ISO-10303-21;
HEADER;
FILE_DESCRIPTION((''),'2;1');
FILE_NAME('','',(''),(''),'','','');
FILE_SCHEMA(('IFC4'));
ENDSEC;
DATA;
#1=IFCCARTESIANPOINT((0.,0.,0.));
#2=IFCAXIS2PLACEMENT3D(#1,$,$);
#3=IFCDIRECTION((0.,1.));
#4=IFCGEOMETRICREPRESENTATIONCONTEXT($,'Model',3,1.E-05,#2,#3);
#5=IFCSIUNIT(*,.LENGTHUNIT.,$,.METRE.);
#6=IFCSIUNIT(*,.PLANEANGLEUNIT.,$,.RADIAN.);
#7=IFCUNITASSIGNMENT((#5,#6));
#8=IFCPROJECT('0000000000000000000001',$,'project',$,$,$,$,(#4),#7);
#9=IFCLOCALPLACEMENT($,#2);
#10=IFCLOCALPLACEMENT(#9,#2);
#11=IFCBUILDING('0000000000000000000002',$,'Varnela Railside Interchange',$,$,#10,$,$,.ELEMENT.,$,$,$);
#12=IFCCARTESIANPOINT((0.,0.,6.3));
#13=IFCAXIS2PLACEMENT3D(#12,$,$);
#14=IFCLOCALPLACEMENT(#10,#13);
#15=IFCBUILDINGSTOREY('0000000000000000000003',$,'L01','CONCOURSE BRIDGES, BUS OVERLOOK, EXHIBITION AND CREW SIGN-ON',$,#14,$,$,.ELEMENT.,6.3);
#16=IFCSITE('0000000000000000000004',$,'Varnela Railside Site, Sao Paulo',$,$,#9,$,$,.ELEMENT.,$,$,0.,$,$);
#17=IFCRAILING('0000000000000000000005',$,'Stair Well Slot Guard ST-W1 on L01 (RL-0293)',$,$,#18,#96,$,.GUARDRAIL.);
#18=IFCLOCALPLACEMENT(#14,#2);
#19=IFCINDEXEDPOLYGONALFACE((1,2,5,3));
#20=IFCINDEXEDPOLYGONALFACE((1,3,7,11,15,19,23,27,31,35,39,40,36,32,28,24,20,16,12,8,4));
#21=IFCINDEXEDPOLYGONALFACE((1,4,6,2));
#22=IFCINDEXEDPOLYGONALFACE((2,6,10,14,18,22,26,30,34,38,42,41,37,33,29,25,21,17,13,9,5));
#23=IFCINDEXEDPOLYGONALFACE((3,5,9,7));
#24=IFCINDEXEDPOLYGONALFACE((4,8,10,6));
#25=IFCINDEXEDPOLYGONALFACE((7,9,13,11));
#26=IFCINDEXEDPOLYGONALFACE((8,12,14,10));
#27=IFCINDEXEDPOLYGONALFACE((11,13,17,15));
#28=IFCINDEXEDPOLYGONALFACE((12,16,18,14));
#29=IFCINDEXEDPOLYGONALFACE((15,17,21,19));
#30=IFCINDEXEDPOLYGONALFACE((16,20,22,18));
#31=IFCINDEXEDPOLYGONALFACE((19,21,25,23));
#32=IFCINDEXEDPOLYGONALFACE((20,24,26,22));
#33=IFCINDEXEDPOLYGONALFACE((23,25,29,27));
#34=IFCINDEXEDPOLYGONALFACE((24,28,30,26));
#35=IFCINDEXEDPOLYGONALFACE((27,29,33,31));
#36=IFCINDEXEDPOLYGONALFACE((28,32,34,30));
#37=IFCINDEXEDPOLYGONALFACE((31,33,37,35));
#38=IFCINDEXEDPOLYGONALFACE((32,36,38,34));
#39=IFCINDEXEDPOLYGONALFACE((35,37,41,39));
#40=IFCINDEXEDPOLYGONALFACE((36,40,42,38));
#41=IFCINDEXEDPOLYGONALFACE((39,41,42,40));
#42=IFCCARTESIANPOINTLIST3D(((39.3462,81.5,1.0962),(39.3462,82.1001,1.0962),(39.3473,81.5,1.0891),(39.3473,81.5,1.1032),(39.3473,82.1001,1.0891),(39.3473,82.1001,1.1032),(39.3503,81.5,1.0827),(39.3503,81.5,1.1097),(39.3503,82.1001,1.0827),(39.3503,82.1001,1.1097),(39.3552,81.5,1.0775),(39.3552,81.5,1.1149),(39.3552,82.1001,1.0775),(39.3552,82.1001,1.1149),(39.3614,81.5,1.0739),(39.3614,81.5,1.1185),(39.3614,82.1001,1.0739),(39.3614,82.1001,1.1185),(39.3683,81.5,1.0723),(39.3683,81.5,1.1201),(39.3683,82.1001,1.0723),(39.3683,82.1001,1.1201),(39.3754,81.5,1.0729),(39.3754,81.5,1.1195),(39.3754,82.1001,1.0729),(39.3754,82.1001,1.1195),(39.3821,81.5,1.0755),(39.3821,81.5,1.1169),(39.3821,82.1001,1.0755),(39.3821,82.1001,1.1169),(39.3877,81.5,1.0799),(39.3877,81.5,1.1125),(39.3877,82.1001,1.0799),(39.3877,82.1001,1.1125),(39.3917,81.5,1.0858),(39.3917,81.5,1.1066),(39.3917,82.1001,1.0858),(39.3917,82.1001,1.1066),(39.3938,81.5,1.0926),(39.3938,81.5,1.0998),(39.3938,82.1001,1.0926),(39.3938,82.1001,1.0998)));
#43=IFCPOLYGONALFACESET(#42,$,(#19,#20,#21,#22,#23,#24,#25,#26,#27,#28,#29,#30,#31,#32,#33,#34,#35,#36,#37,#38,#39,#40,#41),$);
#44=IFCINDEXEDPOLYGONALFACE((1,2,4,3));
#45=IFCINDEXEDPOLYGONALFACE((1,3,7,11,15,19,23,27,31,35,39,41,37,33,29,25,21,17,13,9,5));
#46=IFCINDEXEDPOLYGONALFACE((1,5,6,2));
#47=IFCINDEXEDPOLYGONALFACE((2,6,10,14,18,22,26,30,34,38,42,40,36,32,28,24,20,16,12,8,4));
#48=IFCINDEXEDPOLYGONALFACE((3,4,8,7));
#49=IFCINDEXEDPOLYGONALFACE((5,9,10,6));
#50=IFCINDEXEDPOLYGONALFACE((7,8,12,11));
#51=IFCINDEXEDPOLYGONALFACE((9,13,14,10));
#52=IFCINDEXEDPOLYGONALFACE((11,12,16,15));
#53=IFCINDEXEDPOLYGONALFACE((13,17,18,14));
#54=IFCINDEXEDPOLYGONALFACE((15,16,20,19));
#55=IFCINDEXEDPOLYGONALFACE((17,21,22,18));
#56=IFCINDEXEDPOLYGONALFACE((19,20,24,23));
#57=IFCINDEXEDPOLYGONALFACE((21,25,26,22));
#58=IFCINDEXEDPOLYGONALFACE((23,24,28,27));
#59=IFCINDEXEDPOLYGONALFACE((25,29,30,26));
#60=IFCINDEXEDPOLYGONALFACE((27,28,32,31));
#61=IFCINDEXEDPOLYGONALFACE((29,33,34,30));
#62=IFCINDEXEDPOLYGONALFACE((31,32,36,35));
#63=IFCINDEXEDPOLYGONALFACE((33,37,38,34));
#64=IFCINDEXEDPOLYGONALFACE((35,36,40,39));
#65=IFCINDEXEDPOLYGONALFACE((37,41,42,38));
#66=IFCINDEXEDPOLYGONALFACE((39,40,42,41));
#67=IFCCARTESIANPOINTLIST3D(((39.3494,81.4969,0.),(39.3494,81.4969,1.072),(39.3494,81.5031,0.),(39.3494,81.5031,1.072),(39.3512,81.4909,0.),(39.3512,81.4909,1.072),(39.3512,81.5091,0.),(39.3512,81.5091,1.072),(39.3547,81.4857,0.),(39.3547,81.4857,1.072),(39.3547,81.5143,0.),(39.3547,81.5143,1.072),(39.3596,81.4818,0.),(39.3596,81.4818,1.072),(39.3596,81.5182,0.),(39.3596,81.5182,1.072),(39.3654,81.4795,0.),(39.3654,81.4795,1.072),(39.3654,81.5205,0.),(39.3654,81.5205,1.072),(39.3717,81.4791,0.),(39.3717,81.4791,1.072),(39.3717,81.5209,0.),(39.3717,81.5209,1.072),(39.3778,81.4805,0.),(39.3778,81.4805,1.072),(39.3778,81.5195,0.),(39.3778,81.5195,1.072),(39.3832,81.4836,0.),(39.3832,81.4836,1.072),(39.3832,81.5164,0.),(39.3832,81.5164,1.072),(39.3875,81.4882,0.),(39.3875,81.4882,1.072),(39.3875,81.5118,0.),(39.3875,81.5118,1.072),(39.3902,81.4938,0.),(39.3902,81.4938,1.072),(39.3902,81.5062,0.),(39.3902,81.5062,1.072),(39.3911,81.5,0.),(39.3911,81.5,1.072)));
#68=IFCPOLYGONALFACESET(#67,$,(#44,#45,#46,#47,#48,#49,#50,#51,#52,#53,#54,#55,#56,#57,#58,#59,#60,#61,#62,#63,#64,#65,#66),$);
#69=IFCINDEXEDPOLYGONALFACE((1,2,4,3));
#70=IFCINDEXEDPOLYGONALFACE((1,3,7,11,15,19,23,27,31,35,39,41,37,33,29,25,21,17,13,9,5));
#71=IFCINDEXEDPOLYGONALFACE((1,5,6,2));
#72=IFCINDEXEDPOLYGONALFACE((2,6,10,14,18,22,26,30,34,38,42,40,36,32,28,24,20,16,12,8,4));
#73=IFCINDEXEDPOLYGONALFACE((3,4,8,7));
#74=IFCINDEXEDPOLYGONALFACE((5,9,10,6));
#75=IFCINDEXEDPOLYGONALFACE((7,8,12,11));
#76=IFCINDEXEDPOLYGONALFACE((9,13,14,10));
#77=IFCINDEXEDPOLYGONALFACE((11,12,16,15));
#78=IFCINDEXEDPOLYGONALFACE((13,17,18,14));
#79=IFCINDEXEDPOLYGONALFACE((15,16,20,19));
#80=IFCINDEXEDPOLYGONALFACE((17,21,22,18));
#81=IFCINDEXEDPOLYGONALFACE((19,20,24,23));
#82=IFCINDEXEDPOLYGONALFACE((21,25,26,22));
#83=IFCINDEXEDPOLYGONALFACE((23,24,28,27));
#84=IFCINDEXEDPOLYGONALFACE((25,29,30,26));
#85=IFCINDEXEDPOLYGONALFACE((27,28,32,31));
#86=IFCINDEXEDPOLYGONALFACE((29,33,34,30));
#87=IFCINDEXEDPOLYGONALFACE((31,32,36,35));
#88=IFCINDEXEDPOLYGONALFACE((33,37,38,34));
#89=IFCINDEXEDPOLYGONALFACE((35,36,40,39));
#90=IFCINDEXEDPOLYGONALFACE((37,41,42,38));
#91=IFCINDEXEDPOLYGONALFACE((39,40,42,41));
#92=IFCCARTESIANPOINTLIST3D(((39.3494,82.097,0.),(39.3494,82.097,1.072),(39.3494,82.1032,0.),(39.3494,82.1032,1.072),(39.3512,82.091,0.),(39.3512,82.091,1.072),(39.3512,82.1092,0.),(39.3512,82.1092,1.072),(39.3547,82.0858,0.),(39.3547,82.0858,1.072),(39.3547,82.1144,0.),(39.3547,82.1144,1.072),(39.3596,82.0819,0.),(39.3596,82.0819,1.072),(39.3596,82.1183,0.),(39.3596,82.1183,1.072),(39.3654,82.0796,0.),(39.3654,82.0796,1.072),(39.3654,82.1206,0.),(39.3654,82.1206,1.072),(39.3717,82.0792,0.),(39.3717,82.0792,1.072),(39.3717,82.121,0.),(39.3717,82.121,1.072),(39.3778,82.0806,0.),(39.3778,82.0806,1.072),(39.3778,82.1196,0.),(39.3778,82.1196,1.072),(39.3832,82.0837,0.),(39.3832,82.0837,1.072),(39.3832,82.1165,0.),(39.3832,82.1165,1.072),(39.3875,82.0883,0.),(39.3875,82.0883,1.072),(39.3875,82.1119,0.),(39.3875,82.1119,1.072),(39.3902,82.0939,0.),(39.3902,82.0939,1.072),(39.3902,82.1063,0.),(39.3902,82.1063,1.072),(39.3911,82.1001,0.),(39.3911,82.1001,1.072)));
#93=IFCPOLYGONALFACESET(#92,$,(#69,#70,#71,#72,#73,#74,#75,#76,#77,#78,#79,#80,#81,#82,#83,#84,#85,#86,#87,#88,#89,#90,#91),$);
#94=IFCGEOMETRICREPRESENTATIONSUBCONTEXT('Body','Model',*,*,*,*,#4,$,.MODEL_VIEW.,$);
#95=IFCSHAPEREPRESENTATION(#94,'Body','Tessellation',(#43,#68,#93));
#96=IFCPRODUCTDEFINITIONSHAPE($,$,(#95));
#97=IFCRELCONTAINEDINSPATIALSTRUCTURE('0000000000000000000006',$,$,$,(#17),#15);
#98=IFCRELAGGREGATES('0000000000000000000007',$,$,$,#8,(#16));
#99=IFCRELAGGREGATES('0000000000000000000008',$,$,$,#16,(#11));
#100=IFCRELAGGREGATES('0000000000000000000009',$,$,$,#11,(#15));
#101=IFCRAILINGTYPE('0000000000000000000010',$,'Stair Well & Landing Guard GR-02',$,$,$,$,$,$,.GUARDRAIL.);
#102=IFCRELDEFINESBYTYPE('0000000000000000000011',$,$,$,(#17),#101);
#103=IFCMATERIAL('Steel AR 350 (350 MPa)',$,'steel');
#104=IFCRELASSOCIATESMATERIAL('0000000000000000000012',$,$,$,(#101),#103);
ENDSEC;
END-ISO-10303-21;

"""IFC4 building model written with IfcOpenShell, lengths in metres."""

from ifc_helpers import new_model, si_unit, direction, frame, origin, origin_2d, place, context, subcontext, project, spatial, circle, extrude, material, type_object, element, save


model = new_model("IFC4")

# Units and contexts
model_context = context("Model", 3, precision=1e-05, world=origin(), true_north=direction((0.0, 1.0)))
body_context = subcontext(model_context, "Body", "Model", "MODEL_VIEW")
ifc_project = project(units=[si_unit("LENGTHUNIT", "METRE"), si_unit("PLANEANGLEUNIT", "RADIAN")], contexts=[model_context])

# Site, building, storey
site_placement = place(None, origin())
site = spatial("IfcSite", under=ifc_project, at=site_placement, Name="Varnela Railside Site, Sao Paulo", CompositionType="ELEMENT", RefElevation=0.0)
building_placement = place(site_placement, origin())
building = spatial("IfcBuilding", under=site, at=building_placement, Name="Varnela Railside Interchange", CompositionType="ELEMENT")
storey_placement = place(building_placement, frame((0.0, 0.0, 6.3)))
storey = spatial("IfcBuildingStorey", under=building, at=storey_placement, Name="L01", Description="CONCOURSE BRIDGES, BUS OVERLOOK, EXHIBITION AND CREW SIGN-ON", CompositionType="ELEMENT", Elevation=6.3)

# Shared definitions
ifc_material_1 = material(Name="Steel AR 350 (350 MPa)", Category="steel")

# Railing
railing_type_1 = type_object("IfcRailingType", Name="Stair Well & Landing Guard GR-02", PredefinedType="GUARDRAIL", material=ifc_material_1)
railing_1_placement = place(storey_placement, frame((39.3701, 81.5, 0.0)))
element("IfcRailing", 1, at=railing_1_placement, inside=storey, type_object=railing_type_1, Name="Stair Well Slot Guard ST-W1 on L01 (RL-0293)", PredefinedType="GUARDRAIL", context=body_context, shape_type="SweptSolid", body=[
    extrude(circle(Radius=0.0239, at=origin_2d()), frame((0.0, 0.0, 1.0962), z_axis=(0.0, 1.0, 0.0), x_axis=(-1.0, 0.0, 0.0)), (0.0, 0.0, 1.0), 0.6001),
    extrude(circle(Radius=0.021, at=origin_2d()), origin(), (0.0, 0.0, 1.0), 1.072),
    extrude(circle(Radius=0.021, at=origin_2d()), frame((0.0, 0.6001, 0.0)), (0.0, 0.0, 1.0), 1.072),
])

save(model, "model.ifc")
